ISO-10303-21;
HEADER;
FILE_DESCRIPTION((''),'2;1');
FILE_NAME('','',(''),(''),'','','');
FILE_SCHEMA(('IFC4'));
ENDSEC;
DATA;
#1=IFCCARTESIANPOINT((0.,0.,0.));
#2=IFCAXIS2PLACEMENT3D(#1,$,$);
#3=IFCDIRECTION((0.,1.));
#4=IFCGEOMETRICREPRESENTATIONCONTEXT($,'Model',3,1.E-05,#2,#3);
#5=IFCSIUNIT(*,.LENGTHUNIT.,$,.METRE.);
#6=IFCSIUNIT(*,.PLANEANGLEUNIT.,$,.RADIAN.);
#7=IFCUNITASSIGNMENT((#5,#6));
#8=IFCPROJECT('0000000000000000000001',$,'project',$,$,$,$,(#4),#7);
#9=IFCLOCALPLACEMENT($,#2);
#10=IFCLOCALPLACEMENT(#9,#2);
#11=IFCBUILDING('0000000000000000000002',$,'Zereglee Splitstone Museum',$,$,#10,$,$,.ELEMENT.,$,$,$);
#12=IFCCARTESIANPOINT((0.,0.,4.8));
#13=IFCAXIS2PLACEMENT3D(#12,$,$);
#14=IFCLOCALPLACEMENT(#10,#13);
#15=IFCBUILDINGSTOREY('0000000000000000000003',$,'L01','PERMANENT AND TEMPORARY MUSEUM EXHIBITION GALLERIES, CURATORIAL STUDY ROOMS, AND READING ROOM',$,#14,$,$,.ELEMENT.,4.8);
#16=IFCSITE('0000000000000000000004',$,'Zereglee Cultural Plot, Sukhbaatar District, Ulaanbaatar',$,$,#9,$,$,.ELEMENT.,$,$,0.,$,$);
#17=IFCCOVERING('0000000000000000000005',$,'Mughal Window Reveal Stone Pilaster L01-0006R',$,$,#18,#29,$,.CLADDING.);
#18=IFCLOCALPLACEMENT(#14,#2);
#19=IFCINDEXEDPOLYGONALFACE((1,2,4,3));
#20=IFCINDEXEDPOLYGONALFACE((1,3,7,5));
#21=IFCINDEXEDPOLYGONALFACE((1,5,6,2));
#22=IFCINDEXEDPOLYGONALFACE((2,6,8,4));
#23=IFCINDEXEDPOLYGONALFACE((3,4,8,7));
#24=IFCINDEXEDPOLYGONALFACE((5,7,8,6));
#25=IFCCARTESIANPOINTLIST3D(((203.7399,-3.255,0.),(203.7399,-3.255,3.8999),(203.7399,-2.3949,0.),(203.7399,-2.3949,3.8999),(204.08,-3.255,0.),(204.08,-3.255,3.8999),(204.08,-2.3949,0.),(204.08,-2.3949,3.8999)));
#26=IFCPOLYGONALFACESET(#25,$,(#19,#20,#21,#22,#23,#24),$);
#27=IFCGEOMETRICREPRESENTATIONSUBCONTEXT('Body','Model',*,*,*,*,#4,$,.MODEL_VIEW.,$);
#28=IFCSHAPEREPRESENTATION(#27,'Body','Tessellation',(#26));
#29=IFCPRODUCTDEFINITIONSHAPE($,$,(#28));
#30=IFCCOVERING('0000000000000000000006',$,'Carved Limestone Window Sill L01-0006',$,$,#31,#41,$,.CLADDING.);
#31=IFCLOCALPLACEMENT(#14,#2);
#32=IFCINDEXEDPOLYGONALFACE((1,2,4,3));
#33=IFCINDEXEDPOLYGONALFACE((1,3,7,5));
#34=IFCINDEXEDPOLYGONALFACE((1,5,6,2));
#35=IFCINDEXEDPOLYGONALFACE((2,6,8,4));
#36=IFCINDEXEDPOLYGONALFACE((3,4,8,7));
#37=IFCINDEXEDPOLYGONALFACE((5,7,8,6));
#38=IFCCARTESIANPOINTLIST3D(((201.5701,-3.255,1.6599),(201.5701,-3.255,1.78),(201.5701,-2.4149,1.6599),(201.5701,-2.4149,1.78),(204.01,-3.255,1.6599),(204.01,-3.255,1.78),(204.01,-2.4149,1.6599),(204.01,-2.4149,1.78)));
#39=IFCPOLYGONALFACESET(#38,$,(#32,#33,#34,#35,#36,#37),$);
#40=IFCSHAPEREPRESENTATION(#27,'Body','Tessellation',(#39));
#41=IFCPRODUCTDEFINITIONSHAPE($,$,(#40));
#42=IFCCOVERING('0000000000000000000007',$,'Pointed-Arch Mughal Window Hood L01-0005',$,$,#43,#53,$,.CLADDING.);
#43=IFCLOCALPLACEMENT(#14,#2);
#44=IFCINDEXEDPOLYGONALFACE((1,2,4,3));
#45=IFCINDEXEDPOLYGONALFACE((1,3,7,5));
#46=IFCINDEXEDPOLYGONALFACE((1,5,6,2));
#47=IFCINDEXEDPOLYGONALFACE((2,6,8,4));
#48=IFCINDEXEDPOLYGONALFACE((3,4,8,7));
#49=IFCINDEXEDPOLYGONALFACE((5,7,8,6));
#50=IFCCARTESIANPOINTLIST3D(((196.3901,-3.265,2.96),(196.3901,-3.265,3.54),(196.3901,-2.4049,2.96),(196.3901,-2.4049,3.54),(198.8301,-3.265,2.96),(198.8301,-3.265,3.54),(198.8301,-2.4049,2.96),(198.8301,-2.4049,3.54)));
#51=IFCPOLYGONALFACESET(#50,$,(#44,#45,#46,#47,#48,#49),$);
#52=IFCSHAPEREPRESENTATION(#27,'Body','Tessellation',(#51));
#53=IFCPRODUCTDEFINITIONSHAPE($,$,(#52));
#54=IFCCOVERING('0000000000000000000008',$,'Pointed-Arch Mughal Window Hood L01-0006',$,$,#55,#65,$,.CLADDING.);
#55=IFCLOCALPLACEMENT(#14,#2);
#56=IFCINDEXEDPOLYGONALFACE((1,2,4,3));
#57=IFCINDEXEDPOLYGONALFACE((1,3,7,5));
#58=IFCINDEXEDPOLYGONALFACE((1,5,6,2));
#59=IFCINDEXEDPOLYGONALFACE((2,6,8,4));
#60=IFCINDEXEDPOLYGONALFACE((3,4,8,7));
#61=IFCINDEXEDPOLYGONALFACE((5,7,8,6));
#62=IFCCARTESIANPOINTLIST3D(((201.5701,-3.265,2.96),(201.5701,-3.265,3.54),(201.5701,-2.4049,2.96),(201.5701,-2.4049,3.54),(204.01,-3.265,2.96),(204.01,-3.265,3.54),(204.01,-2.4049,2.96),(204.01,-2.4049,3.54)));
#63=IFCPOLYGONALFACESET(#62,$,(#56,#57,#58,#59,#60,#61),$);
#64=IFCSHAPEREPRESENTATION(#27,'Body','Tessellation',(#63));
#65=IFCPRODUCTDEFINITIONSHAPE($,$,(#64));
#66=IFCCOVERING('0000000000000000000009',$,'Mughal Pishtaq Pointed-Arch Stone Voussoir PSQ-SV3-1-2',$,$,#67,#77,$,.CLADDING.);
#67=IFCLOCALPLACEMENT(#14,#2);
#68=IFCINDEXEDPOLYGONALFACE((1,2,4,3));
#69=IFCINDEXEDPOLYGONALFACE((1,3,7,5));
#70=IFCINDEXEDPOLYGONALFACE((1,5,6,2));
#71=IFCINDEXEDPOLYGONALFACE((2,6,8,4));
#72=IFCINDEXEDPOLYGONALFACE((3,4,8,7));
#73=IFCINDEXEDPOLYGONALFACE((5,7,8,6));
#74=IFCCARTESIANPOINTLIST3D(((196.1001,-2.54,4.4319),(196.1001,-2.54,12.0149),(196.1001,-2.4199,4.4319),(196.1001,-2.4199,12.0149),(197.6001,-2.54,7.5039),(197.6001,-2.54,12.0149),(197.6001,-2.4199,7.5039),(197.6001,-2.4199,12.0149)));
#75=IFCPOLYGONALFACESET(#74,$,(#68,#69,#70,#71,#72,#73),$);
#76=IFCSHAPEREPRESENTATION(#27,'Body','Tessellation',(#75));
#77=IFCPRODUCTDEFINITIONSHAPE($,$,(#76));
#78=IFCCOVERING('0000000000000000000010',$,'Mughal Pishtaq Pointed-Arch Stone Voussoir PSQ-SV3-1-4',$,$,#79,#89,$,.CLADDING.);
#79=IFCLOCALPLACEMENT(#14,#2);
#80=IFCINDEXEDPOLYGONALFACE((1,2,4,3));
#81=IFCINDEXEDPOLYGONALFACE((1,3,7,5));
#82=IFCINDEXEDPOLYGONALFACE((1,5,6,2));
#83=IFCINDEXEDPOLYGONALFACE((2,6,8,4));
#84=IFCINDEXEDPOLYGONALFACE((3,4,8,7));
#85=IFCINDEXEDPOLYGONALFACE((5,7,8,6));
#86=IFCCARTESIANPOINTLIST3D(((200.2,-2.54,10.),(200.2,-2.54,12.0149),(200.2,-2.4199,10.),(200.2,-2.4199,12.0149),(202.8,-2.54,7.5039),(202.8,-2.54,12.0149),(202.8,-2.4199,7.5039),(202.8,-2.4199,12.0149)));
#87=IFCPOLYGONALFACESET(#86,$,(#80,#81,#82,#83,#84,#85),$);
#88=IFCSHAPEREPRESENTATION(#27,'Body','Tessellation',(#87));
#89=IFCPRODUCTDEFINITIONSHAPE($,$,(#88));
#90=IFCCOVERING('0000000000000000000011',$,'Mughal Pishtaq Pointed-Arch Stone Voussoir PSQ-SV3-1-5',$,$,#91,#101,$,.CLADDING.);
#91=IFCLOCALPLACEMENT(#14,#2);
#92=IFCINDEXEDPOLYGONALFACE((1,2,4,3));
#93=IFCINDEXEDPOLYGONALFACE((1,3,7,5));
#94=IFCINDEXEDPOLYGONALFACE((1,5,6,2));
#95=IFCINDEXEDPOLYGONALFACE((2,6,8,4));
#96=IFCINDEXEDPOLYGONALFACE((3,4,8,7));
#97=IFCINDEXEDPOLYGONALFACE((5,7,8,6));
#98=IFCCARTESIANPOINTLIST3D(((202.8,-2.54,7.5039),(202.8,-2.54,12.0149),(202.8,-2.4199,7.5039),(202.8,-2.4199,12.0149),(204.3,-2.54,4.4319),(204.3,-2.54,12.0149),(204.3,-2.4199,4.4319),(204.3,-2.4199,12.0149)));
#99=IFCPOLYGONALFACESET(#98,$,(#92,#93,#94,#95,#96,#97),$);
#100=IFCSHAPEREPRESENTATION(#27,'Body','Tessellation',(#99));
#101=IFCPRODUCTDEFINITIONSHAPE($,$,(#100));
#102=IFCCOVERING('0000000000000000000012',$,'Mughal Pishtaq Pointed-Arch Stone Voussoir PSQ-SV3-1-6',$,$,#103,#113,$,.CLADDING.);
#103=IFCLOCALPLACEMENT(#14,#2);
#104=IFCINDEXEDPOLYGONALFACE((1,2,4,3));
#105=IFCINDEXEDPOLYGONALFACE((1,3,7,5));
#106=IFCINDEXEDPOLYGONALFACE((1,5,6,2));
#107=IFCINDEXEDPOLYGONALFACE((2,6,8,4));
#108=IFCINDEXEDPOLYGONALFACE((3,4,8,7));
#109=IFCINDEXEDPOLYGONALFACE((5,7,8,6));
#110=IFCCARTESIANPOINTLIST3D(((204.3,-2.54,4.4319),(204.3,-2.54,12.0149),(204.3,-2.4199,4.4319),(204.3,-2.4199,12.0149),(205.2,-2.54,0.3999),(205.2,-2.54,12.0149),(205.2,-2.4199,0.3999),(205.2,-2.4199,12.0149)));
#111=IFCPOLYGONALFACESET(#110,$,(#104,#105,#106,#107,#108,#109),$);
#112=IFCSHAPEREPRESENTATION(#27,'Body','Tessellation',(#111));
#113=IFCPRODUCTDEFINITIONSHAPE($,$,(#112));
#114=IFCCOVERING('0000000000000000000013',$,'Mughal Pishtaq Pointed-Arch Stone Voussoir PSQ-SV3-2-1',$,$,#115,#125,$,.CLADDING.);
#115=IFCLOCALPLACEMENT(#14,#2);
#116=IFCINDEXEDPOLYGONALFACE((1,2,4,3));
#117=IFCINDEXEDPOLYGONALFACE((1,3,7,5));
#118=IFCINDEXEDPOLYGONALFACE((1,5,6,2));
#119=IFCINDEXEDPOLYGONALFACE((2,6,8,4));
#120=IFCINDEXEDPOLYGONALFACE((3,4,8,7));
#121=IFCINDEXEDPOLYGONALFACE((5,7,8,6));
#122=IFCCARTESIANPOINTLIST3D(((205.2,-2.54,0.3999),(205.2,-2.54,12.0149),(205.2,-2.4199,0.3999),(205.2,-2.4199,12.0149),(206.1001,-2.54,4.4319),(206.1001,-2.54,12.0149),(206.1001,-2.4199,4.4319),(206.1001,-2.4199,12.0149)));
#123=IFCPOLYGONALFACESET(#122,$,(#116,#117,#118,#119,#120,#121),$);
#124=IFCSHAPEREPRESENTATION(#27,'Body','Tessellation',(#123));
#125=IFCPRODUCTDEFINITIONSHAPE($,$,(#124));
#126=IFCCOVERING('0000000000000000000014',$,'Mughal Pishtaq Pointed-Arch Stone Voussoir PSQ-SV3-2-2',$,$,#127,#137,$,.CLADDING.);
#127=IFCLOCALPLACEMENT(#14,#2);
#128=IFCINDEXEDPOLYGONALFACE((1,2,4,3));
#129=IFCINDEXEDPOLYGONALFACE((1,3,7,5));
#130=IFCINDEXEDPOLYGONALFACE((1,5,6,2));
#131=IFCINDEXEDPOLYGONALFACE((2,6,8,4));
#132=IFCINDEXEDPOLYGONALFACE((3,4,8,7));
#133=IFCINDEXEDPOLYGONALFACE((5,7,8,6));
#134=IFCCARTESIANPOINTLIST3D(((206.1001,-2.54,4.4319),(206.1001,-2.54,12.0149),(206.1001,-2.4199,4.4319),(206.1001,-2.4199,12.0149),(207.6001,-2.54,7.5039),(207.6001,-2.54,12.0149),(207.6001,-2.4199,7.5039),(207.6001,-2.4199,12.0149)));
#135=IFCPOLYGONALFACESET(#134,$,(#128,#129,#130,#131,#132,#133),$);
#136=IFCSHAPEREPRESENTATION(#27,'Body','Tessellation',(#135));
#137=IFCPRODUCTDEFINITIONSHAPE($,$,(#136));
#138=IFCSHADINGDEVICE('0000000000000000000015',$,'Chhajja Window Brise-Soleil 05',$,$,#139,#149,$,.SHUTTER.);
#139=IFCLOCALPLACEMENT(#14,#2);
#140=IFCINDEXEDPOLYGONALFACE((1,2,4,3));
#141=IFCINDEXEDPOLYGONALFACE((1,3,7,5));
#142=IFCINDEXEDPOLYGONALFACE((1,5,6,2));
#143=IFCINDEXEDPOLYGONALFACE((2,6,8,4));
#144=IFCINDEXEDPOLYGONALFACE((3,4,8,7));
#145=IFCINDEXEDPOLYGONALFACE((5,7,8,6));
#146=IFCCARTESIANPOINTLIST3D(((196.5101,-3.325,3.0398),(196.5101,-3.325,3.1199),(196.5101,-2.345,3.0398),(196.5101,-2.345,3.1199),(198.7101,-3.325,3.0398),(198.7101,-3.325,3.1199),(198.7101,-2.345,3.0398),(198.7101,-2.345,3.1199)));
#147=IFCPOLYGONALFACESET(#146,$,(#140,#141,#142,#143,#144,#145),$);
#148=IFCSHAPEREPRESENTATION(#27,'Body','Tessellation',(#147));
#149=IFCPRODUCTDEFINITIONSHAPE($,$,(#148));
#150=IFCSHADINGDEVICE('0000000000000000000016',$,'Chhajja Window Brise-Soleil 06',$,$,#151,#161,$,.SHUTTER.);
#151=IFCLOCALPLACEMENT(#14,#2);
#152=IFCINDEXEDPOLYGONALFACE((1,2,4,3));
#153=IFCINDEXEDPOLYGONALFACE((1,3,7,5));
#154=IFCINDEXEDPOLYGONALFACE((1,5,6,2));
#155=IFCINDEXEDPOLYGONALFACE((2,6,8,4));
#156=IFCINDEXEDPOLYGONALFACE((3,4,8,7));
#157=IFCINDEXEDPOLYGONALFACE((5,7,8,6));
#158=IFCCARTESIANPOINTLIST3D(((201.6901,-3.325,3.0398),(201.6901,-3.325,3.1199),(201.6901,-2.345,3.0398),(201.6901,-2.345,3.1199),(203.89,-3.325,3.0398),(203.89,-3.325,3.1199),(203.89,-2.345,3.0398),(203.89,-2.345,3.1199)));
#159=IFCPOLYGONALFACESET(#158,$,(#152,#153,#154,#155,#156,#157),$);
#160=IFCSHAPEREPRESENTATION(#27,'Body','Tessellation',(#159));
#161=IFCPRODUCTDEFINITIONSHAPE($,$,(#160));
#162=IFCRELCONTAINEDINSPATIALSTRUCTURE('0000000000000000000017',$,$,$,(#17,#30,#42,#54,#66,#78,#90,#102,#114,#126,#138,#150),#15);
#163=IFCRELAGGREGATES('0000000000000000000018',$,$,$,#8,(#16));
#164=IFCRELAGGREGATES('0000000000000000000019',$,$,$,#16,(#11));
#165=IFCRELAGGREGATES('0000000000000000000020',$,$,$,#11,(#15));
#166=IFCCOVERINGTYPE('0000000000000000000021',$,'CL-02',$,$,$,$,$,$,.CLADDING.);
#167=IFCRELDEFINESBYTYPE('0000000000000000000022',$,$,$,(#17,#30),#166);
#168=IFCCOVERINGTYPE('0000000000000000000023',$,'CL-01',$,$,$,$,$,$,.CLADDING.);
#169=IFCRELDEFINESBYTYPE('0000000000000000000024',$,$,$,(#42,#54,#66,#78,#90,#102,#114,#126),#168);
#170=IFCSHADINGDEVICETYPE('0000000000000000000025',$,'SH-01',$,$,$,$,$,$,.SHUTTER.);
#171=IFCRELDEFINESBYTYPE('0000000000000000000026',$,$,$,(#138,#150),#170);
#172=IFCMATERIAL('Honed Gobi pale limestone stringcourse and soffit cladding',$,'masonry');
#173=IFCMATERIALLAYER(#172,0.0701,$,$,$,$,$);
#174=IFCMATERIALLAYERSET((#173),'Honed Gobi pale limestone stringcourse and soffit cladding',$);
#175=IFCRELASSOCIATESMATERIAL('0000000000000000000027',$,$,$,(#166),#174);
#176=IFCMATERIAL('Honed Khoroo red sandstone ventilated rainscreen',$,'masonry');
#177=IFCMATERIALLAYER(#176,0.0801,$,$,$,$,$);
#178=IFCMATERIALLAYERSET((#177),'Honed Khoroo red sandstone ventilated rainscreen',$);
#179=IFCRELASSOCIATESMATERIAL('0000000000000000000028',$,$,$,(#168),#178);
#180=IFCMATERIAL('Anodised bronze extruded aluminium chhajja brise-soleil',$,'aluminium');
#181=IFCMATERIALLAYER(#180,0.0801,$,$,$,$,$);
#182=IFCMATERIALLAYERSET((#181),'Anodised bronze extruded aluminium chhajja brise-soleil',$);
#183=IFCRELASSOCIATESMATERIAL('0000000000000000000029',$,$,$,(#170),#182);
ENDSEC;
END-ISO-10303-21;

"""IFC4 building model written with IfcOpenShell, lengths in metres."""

from ifc_helpers import new_model, si_unit, direction, frame, origin, origin_2d, place, context, subcontext, project, spatial, polyline, rectangle, outline, extrude, material, layer, layer_set, type_object, element, save


model = new_model("IFC4")

# Units and contexts
model_context = context("Model", 3, precision=1e-05, world=origin(), true_north=direction((0.0, 1.0)))
body_context = subcontext(model_context, "Body", "Model", "MODEL_VIEW")
ifc_project = project(units=[si_unit("LENGTHUNIT", "METRE"), si_unit("PLANEANGLEUNIT", "RADIAN")], contexts=[model_context])

# Site, building, storey
site_placement = place(None, origin())
site = spatial("IfcSite", under=ifc_project, at=site_placement, Name="Zereglee Cultural Plot, Sukhbaatar District, Ulaanbaatar", CompositionType="ELEMENT", RefElevation=0.0)
building_placement = place(site_placement, origin())
building = spatial("IfcBuilding", under=site, at=building_placement, Name="Zereglee Splitstone Museum", CompositionType="ELEMENT")
storey_placement = place(building_placement, frame((0.0, 0.0, 4.8)))
storey = spatial("IfcBuildingStorey", under=building, at=storey_placement, Name="L01", Description="PERMANENT AND TEMPORARY MUSEUM EXHIBITION GALLERIES, CURATORIAL STUDY ROOMS, AND READING ROOM", CompositionType="ELEMENT", Elevation=4.8)

# Coverings
ifc_material_1 = material(Name="Honed Gobi pale limestone stringcourse and soffit cladding", Category="masonry")
ifc_layer_1 = layer(ifc_material_1, 0.0701)
ifc_layer_set_1 = layer_set([ifc_layer_1], Name="Honed Gobi pale limestone stringcourse and soffit cladding")
covering_type_1 = type_object("IfcCoveringType", Name="CL-02", PredefinedType="CLADDING", material=ifc_layer_set_1)
for number, where, z_axis, x_axis, name in (
    (1, (203.9099, -2.825, 0.0), (0.0, 0.0, 1.0), (1.0, 0.0, 0.0), "Mughal Window Reveal Stone Pilaster L01-0006R"),
):
    element("IfcCovering", number, at=place(storey_placement, frame(where, z_axis=z_axis, x_axis=x_axis)), inside=storey, type_object=covering_type_1, Name=name, PredefinedType="CLADDING", context=body_context, shape_type="SweptSolid", body=[
        extrude(rectangle(XDim=0.3401, YDim=0.8601, at=origin_2d()), origin(), (0.0, 0.0, 1.0), 3.8999),
    ])
covering_1_placement = place(storey_placement, frame((202.79, -2.835, 1.6599), z_axis=(0.0, 0.0, 1.0), x_axis=(1.0, 0.0, 0.0)))
element("IfcCovering", 2, at=covering_1_placement, inside=storey, type_object=covering_type_1, Name="Carved Limestone Window Sill L01-0006", PredefinedType="CLADDING", context=body_context, shape_type="SweptSolid", body=[
    extrude(rectangle(XDim=2.4399, YDim=0.8401, at=origin_2d()), origin(), (0.0, 0.0, 1.0), 0.1201),
])
ifc_material_2 = material(Name="Honed Khoroo red sandstone ventilated rainscreen", Category="masonry")
ifc_layer_2 = layer(ifc_material_2, 0.0801)
ifc_layer_set_2 = layer_set([ifc_layer_2], Name="Honed Khoroo red sandstone ventilated rainscreen")
covering_type_2 = type_object("IfcCoveringType", Name="CL-01", PredefinedType="CLADDING", material=ifc_layer_set_2)
for number, where, z_axis, x_axis, name in (
    (3, (197.6101, -2.835, 2.96), (0.0, 0.0, 1.0), (1.0, 0.0, 0.0), "Pointed-Arch Mughal Window Hood L01-0005"),
    (4, (202.79, -2.835, 2.96), (0.0, 0.0, 1.0), (1.0, 0.0, 0.0), "Pointed-Arch Mughal Window Hood L01-0006"),
):
    element("IfcCovering", number, at=place(storey_placement, frame(where, z_axis=z_axis, x_axis=x_axis)), inside=storey, type_object=covering_type_2, Name=name, PredefinedType="CLADDING", context=body_context, shape_type="SweptSolid", body=[
        extrude(rectangle(XDim=2.4399, YDim=0.8601, at=origin_2d()), origin(), (0.0, 0.0, 1.0), 0.5801),
    ])
covering_2_placement = place(storey_placement, frame((196.1001, -2.54, 4.4319), z_axis=(0.0, -1.0, 0.0), x_axis=(0.438767, 0.0, 0.898601)))
element("IfcCovering", 5, at=covering_2_placement, inside=storey, type_object=covering_type_2, Name="Mughal Pishtaq Pointed-Arch Stone Voussoir PSQ-SV3-1-2", PredefinedType="CLADDING", context=body_context, shape_type="SweptSolid", body=[
    extrude(outline(polyline([(0.0, 0.0), (3.4187, 0.0), (7.4722, 1.9793), (6.8141, 3.3272), (0.0, 0.0)])), origin(), (0.0, 0.0, -1.0), 0.1201),
])
covering_3_placement = place(storey_placement, frame((200.2, -2.54, 10.0), z_axis=(0.0, -1.0, 0.0), x_axis=(0.721387, 0.0, -0.692532)))
element("IfcCovering", 6, at=covering_3_placement, inside=storey, type_object=covering_type_2, Name="Mughal Pishtaq Pointed-Arch Stone Voussoir PSQ-SV3-1-4", PredefinedType="CLADDING", context=body_context, shape_type="SweptSolid", body=[
    extrude(outline(polyline([(0.0, 0.0), (3.6043, 0.0), (0.4803, 3.2542), (-1.3954, 1.4535), (0.0, 0.0)])), origin(), (0.0, 0.0, -1.0), 0.1201),
])
covering_4_placement = place(storey_placement, frame((202.8, -2.54, 7.5039), z_axis=(0.0, -1.0, 0.0), x_axis=(0.438767, 0.0, -0.898601)))
element("IfcCovering", 7, at=covering_4_placement, inside=storey, type_object=covering_type_2, Name="Mughal Pishtaq Pointed-Arch Stone Voussoir PSQ-SV3-1-5", PredefinedType="CLADDING", context=body_context, shape_type="SweptSolid", body=[
    extrude(outline(polyline([(0.0, 0.0), (3.4187, 0.0), (-3.3954, 3.3272), (-4.0536, 1.9793), (0.0, 0.0)])), origin(), (0.0, 0.0, -1.0), 0.1201),
])
covering_5_placement = place(storey_placement, frame((204.3, -2.54, 4.4319), z_axis=(0.0, -1.0, 0.0), x_axis=(0.217831, 0.0, -0.975986)))
element("IfcCovering", 8, at=covering_5_placement, inside=storey, type_object=covering_type_2, Name="Mughal Pishtaq Pointed-Arch Stone Voussoir PSQ-SV3-1-6", PredefinedType="CLADDING", context=body_context, shape_type="SweptSolid", body=[
    extrude(outline(polyline([(0.0, 0.0), (4.1312, 0.0), (-7.2049, 2.5301), (-7.4009, 1.6518), (0.0, 0.0)])), origin(), (0.0, 0.0, -1.0), 0.1201),
])
covering_6_placement = place(storey_placement, frame((205.2, -2.54, 0.3999), z_axis=(0.0, -1.0, 0.0), x_axis=(0.217888, 0.0, 0.975974)))
element("IfcCovering", 9, at=covering_6_placement, inside=storey, type_object=covering_type_2, Name="Mughal Pishtaq Pointed-Arch Stone Voussoir PSQ-SV3-2-1", PredefinedType="CLADDING", context=body_context, shape_type="SweptSolid", body=[
    extrude(outline(polyline([(0.0, 0.0), (4.1312, 0.0), (11.5321, 1.6522), (11.3359, 2.5308), (0.0, 0.0)])), origin(), (0.0, 0.0, -1.0), 0.1201),
])
covering_7_placement = place(storey_placement, frame((206.1001, -2.54, 4.4319), z_axis=(0.0, -1.0, 0.0), x_axis=(0.438767, 0.0, 0.898601)))
element("IfcCovering", 10, at=covering_7_placement, inside=storey, type_object=covering_type_2, Name="Mughal Pishtaq Pointed-Arch Stone Voussoir PSQ-SV3-2-2", PredefinedType="CLADDING", context=body_context, shape_type="SweptSolid", body=[
    extrude(outline(polyline([(0.0, 0.0), (3.4187, 0.0), (7.4722, 1.9793), (6.8141, 3.3272), (0.0, 0.0)])), origin(), (0.0, 0.0, -1.0), 0.1201),
])

# Shading devices
ifc_material_3 = material(Name="Anodised bronze extruded aluminium chhajja brise-soleil", Category="aluminium")
ifc_layer_3 = layer(ifc_material_3, 0.0801)
ifc_layer_set_3 = layer_set([ifc_layer_3], Name="Anodised bronze extruded aluminium chhajja brise-soleil")
shading_device_type = type_object("IfcShadingDeviceType", Name="SH-01", PredefinedType="SHUTTER", material=ifc_layer_set_3)
for number, where, z_axis, x_axis, name in (
    (11, (197.6101, -2.835, 3.0398), (0.0, 0.0, 1.0), (1.0, 0.0, 0.0), "Chhajja Window Brise-Soleil 05"),
    (12, (202.79, -2.835, 3.0398), (0.0, 0.0, 1.0), (1.0, 0.0, 0.0), "Chhajja Window Brise-Soleil 06"),
):
    element("IfcShadingDevice", number, at=place(storey_placement, frame(where, z_axis=z_axis, x_axis=x_axis)), inside=storey, type_object=shading_device_type, Name=name, PredefinedType="SHUTTER", context=body_context, shape_type="SweptSolid", body=[
        extrude(rectangle(XDim=2.2, YDim=0.98, at=origin_2d()), origin(), (0.0, 0.0, 1.0), 0.0801),
    ])

save(model, "model.ifc")
